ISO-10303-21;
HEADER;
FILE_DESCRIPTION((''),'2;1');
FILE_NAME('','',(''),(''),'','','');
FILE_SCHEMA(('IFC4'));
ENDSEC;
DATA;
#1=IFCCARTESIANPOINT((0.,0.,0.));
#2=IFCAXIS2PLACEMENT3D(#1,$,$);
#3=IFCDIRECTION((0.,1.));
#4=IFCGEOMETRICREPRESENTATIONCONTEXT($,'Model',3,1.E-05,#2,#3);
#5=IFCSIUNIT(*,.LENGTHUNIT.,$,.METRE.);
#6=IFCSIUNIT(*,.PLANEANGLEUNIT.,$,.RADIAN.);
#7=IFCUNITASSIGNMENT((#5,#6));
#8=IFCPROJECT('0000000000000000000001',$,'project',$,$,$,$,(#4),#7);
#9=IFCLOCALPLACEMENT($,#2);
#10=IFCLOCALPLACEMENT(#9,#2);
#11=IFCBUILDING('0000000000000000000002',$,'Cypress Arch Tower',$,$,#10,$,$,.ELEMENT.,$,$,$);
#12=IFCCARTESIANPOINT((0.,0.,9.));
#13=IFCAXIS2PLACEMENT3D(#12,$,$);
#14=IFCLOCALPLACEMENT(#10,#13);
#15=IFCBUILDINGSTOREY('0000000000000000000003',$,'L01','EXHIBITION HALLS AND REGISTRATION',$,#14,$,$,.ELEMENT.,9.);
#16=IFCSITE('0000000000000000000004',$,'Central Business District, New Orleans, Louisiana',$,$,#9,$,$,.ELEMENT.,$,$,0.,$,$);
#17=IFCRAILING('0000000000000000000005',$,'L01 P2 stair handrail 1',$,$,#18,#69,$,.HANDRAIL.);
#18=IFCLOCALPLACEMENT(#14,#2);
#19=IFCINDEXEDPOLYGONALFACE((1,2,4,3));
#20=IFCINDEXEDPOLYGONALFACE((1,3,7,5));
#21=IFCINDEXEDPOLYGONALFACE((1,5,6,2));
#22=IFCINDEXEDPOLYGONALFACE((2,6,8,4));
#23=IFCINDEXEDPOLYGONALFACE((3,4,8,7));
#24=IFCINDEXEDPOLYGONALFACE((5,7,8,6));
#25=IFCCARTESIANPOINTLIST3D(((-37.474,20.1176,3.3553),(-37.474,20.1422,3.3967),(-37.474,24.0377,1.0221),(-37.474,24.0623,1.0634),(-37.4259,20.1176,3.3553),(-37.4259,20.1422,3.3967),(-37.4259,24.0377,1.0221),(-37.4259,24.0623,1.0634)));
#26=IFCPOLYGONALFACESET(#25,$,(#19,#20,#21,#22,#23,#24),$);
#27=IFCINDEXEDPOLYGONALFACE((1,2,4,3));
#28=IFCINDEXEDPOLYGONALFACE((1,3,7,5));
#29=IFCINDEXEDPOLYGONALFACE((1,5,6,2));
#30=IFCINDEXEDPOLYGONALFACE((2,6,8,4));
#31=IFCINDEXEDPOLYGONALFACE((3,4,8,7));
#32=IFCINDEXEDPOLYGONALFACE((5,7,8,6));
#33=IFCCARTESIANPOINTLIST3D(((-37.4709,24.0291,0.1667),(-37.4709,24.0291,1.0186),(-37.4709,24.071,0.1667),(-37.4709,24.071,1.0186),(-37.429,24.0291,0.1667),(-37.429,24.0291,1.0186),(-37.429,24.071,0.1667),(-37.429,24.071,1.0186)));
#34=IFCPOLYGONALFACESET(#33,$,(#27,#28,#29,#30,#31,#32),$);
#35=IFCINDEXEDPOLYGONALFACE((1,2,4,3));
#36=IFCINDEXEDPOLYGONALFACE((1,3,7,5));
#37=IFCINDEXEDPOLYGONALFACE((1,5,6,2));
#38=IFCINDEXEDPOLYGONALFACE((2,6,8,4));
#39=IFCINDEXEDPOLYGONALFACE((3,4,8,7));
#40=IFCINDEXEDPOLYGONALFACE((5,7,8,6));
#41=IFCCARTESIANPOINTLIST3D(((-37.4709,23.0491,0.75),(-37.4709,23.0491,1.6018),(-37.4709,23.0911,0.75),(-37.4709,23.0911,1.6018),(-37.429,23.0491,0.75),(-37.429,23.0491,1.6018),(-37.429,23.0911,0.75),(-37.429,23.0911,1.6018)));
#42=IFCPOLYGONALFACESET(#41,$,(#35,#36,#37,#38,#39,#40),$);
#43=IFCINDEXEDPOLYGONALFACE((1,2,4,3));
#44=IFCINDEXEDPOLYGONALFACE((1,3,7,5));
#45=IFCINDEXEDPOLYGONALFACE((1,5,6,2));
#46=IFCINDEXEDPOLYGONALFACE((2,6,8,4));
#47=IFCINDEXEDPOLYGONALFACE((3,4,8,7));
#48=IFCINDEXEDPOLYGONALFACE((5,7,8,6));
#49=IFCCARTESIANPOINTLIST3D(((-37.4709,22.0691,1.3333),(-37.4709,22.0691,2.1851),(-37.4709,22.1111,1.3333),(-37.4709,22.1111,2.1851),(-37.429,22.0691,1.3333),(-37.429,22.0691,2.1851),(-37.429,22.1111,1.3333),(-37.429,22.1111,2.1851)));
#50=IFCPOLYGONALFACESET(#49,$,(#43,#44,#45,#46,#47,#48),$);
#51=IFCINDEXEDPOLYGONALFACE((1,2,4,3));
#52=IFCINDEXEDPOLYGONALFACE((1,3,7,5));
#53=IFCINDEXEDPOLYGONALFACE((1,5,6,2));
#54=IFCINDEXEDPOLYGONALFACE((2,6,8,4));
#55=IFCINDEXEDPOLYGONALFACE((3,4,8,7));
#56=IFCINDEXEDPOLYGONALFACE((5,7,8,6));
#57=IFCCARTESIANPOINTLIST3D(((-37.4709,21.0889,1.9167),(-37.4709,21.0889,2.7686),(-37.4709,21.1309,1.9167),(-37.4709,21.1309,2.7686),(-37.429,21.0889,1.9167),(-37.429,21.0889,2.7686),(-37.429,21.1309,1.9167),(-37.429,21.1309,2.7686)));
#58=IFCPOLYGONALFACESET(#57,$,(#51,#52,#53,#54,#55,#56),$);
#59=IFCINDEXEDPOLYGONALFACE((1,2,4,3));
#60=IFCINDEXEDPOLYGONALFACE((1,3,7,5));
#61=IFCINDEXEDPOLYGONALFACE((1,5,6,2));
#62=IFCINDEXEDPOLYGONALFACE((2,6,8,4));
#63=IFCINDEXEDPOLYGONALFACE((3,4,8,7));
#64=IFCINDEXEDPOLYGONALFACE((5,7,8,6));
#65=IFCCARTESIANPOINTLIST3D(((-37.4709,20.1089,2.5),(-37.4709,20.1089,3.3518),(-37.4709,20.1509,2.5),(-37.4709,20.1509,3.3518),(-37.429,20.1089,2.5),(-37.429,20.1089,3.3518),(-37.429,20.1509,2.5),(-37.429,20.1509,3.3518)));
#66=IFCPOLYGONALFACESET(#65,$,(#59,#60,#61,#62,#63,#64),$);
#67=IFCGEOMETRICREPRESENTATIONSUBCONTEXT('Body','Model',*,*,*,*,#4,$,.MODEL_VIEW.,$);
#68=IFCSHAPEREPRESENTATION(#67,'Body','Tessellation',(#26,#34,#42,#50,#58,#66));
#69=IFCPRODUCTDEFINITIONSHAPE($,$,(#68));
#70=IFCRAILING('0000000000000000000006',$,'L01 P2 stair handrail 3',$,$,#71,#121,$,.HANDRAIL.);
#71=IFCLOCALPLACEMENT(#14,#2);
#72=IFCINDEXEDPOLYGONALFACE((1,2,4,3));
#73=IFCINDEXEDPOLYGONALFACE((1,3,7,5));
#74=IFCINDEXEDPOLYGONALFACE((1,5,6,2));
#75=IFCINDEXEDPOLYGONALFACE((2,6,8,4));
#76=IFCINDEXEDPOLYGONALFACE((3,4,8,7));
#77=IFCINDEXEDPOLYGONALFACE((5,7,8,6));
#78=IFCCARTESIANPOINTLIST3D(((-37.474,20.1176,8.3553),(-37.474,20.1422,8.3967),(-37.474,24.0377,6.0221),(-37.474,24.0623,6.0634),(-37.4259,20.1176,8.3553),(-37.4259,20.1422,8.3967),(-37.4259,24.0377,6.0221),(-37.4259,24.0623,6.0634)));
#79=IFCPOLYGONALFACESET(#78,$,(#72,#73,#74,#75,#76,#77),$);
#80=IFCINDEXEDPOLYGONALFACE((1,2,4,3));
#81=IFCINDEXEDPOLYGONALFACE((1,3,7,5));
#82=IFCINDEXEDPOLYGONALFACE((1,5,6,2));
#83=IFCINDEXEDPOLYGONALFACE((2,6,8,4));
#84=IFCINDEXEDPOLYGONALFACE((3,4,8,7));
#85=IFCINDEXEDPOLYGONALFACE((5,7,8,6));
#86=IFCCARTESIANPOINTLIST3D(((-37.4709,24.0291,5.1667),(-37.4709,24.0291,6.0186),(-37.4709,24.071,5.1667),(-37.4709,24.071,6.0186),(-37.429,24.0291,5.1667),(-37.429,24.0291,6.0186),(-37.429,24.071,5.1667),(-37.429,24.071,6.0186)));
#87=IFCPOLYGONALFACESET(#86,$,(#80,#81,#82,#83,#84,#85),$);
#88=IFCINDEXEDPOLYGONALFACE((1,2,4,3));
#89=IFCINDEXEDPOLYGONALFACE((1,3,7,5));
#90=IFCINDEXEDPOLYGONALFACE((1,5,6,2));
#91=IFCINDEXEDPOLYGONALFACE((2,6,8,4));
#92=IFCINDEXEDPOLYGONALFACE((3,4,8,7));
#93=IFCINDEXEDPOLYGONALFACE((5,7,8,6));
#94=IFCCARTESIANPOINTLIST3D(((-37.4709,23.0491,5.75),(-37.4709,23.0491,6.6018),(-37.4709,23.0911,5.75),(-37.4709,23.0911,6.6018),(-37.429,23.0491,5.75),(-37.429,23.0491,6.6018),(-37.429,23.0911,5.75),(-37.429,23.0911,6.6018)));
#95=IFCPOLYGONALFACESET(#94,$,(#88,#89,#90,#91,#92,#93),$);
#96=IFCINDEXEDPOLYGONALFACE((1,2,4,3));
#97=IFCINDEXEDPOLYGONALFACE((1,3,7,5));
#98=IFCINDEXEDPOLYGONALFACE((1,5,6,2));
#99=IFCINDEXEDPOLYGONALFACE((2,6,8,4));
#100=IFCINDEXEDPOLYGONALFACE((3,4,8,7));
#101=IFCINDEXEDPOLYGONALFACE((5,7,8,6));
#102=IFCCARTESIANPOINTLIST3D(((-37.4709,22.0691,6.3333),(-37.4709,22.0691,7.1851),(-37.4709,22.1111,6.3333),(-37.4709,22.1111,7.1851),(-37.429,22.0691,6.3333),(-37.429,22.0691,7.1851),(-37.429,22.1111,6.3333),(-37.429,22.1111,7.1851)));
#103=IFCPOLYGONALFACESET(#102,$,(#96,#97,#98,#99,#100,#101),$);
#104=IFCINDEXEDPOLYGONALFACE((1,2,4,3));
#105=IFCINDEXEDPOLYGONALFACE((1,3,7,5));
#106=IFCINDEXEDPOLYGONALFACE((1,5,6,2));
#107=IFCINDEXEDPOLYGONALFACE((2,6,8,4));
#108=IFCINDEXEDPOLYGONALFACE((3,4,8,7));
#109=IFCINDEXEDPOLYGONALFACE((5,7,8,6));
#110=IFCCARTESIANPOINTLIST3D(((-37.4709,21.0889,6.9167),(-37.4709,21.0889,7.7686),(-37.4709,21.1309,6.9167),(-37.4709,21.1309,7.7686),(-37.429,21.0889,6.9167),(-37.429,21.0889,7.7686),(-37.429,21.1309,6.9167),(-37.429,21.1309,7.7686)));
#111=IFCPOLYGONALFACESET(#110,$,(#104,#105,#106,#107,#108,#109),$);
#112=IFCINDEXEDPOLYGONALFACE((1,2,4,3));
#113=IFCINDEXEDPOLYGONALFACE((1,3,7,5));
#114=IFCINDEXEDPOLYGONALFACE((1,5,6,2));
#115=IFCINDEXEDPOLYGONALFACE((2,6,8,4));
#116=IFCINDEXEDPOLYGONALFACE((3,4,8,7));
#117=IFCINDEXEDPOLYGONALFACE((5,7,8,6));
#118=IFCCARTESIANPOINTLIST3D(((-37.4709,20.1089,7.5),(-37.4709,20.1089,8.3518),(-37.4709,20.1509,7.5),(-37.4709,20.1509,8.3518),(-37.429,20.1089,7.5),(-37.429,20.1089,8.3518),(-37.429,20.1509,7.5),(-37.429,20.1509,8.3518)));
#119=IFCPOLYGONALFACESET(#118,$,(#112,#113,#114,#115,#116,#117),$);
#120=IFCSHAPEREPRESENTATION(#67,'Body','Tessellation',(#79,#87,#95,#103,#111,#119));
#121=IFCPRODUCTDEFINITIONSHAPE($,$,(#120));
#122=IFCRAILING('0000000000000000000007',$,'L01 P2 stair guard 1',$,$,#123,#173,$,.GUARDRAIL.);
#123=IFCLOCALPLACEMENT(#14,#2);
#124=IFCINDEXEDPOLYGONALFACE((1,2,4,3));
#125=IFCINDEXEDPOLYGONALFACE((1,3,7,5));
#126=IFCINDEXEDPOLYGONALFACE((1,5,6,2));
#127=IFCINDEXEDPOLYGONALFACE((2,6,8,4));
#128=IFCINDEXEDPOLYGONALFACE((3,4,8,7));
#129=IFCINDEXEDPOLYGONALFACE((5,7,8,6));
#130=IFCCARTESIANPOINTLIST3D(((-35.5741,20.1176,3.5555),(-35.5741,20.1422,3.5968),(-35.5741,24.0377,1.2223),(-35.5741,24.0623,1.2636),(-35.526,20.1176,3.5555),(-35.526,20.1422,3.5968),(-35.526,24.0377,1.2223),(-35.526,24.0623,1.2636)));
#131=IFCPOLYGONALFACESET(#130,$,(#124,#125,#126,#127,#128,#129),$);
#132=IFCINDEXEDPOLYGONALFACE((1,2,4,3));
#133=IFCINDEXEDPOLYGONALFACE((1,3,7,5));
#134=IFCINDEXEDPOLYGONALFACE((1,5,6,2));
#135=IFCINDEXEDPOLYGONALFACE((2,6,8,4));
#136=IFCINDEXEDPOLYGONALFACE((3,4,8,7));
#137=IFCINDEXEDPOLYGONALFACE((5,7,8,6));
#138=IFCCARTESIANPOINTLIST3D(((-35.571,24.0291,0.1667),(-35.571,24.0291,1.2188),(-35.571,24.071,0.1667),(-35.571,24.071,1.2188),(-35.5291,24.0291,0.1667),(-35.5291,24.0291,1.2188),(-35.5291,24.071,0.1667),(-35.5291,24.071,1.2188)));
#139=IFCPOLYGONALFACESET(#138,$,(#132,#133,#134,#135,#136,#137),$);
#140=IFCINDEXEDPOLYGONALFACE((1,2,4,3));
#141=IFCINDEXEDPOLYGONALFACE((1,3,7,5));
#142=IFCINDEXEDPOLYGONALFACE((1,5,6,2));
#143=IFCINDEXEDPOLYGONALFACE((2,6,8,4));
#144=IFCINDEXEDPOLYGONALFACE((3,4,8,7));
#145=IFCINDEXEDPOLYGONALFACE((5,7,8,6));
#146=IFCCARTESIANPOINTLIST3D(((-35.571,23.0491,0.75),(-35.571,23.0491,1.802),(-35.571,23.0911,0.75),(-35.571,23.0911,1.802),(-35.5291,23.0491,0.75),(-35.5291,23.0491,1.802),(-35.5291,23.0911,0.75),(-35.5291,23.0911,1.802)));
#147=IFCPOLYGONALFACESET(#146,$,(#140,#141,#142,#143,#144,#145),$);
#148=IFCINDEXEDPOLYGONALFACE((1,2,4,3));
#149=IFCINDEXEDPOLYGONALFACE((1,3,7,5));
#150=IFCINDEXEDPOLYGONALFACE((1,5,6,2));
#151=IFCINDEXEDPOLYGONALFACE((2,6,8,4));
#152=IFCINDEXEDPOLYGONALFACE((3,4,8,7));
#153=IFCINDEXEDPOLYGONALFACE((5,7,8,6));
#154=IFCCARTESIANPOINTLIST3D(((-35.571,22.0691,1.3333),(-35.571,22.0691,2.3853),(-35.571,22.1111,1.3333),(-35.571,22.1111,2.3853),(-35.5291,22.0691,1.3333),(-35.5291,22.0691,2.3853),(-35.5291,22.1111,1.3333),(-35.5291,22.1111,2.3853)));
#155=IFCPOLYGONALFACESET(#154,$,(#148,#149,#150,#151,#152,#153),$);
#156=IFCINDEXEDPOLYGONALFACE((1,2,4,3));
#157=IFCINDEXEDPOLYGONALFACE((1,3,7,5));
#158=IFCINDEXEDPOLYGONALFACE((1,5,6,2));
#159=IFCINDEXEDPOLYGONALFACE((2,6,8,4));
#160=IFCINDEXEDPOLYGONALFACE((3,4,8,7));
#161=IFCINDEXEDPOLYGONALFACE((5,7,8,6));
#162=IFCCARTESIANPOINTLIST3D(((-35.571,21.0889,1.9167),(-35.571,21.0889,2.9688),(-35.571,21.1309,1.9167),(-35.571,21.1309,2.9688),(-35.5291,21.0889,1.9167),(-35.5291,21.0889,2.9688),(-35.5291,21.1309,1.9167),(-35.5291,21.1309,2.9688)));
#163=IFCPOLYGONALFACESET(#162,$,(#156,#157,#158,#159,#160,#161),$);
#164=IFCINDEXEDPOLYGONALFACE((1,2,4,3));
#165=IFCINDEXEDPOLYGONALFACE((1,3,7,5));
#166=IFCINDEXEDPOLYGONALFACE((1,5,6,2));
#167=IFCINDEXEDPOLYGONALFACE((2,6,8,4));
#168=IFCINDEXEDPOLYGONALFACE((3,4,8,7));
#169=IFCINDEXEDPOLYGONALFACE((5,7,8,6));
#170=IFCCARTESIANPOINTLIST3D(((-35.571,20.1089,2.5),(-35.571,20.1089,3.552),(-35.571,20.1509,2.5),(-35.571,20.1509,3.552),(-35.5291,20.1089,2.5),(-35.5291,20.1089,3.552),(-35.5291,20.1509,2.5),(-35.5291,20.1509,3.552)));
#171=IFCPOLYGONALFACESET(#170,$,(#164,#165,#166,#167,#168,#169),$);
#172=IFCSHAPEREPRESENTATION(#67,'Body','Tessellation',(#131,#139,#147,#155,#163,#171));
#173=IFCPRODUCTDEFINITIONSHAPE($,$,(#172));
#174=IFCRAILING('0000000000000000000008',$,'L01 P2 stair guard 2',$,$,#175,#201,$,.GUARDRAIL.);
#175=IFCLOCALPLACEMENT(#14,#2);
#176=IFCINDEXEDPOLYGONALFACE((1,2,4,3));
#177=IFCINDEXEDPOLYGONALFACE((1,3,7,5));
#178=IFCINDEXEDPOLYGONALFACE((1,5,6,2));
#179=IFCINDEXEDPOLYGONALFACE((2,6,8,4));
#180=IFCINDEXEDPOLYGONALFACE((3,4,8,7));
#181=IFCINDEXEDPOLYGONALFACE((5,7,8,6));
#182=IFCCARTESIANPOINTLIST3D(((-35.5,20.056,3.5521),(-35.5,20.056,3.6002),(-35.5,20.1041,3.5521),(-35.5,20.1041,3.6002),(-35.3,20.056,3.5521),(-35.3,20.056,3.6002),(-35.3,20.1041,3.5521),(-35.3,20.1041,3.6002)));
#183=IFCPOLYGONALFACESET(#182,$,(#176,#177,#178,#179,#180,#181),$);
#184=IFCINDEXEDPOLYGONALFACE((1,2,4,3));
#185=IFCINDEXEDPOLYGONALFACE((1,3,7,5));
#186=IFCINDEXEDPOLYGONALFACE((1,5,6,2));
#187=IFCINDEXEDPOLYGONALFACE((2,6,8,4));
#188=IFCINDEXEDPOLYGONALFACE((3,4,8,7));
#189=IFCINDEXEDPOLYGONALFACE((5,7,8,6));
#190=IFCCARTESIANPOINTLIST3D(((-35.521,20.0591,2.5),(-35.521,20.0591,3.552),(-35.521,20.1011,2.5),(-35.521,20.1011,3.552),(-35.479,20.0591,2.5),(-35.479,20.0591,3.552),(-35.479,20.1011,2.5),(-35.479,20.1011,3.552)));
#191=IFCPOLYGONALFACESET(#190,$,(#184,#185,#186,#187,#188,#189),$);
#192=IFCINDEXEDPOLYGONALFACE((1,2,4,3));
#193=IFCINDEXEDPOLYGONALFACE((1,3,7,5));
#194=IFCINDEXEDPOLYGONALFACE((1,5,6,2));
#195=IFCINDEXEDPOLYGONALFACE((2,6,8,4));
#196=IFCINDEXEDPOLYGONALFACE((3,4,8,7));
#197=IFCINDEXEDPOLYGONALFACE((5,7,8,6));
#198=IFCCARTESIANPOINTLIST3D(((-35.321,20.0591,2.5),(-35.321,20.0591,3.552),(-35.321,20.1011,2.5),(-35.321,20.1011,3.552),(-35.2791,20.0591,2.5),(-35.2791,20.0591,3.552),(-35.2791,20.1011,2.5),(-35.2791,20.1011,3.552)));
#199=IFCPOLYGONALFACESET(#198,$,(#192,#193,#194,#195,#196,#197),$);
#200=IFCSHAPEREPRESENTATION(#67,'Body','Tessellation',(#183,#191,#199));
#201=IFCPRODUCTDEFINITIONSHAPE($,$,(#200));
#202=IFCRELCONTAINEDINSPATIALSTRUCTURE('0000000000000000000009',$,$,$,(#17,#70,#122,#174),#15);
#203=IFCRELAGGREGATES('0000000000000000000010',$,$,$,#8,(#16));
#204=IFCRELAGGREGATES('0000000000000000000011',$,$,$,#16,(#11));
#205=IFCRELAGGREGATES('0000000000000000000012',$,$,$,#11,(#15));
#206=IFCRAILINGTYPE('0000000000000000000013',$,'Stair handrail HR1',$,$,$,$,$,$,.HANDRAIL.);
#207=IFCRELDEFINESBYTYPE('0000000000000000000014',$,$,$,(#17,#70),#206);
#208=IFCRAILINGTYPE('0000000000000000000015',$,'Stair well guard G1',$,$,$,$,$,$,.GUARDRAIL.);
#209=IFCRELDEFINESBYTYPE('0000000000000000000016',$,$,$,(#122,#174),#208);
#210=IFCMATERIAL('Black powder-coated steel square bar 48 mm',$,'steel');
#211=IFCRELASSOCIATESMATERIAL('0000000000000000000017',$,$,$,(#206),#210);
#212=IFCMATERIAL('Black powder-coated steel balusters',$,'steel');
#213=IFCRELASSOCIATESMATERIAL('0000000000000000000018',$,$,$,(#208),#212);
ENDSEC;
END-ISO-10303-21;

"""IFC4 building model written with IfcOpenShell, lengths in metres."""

from ifc_helpers import new_model, si_unit, direction, frame, origin, origin_2d, place, context, subcontext, project, spatial, rectangle, extrude, material, type_object, element, save


model = new_model("IFC4")

# Units and contexts
model_context = context("Model", 3, precision=1e-05, world=origin(), true_north=direction((0.0, 1.0)))
body_context = subcontext(model_context, "Body", "Model", "MODEL_VIEW")
ifc_project = project(units=[si_unit("LENGTHUNIT", "METRE"), si_unit("PLANEANGLEUNIT", "RADIAN")], contexts=[model_context])

# Site, building, storey
site_placement = place(None, origin())
site = spatial("IfcSite", under=ifc_project, at=site_placement, Name="Central Business District, New Orleans, Louisiana", CompositionType="ELEMENT", RefElevation=0.0)
building_placement = place(site_placement, origin())
building = spatial("IfcBuilding", under=site, at=building_placement, Name="Cypress Arch Tower", CompositionType="ELEMENT")
storey_placement = place(building_placement, frame((0.0, 0.0, 9.0)))
storey = spatial("IfcBuildingStorey", under=building, at=storey_placement, Name="L01", Description="EXHIBITION HALLS AND REGISTRATION", CompositionType="ELEMENT", Elevation=9.0)

# Railings
ifc_material_1 = material(Name="Black powder-coated steel square bar 48 mm", Category="steel")
railing_type_1 = type_object("IfcRailingType", Name="Stair handrail HR1", PredefinedType="HANDRAIL", material=ifc_material_1)
for number, where, name in (
    (1, (-37.45, 24.05, 0.1667), "L01 P2 stair handrail 1"),
    (2, (-37.45, 24.05, 5.1667), "L01 P2 stair handrail 3"),
):
    element("IfcRailing", number, at=place(storey_placement, frame(where)), inside=storey, type_object=railing_type_1, Name=name, PredefinedType="HANDRAIL", context=body_context, shape_type="SweptSolid", body=[
        extrude(rectangle(XDim=0.0481, YDim=0.0481, at=origin_2d()), frame((0.0, 0.0, 0.876), z_axis=(0.0, -0.85931, 0.511455), x_axis=(1.0, 0.0, 0.0)), (0.0, 0.0, 1.0), 4.562),
        extrude(rectangle(XDim=0.042, YDim=0.042, at=origin_2d()), origin(), (0.0, 0.0, 1.0), 0.8518),
        extrude(rectangle(XDim=0.042, YDim=0.042, at=origin_2d()), frame((0.0, -0.98, 0.5833)), (0.0, 0.0, 1.0), 0.8518),
        extrude(rectangle(XDim=0.042, YDim=0.042, at=origin_2d()), frame((0.0, -1.96, 1.1665)), (0.0, 0.0, 1.0), 0.8518),
        extrude(rectangle(XDim=0.042, YDim=0.042, at=origin_2d()), frame((0.0, -2.9402, 1.75)), (0.0, 0.0, 1.0), 0.8518),
        extrude(rectangle(XDim=0.042, YDim=0.042, at=origin_2d()), frame((0.0, -3.9202, 2.3333)), (0.0, 0.0, 1.0), 0.8518),
    ])
ifc_material_2 = material(Name="Black powder-coated steel balusters", Category="steel")
railing_type_2 = type_object("IfcRailingType", Name="Stair well guard G1", PredefinedType="GUARDRAIL", material=ifc_material_2)
railing_1_placement = place(storey_placement, frame((-35.55, 24.05, 0.1667)))
element("IfcRailing", 3, at=railing_1_placement, inside=storey, type_object=railing_type_2, Name="L01 P2 stair guard 1", PredefinedType="GUARDRAIL", context=body_context, shape_type="SweptSolid", body=[
    extrude(rectangle(XDim=0.0481, YDim=0.0481, at=origin_2d()), frame((0.0, 0.0, 1.0762), z_axis=(0.0, -0.85931, 0.511455), x_axis=(1.0, 0.0, 0.0)), (0.0, 0.0, 1.0), 4.562),
    extrude(rectangle(XDim=0.042, YDim=0.042, at=origin_2d()), origin(), (0.0, 0.0, 1.0), 1.052),
    extrude(rectangle(XDim=0.042, YDim=0.042, at=origin_2d()), frame((0.0, -0.98, 0.5833)), (0.0, 0.0, 1.0), 1.052),
    extrude(rectangle(XDim=0.042, YDim=0.042, at=origin_2d()), frame((0.0, -1.96, 1.1665)), (0.0, 0.0, 1.0), 1.052),
    extrude(rectangle(XDim=0.042, YDim=0.042, at=origin_2d()), frame((0.0, -2.9402, 1.75)), (0.0, 0.0, 1.0), 1.052),
    extrude(rectangle(XDim=0.042, YDim=0.042, at=origin_2d()), frame((0.0, -3.9202, 2.3333)), (0.0, 0.0, 1.0), 1.052),
])
railing_2_placement = place(storey_placement, frame((-35.5, 20.0801, 2.5)))
element("IfcRailing", 4, at=railing_2_placement, inside=storey, type_object=railing_type_2, Name="L01 P2 stair guard 2", PredefinedType="GUARDRAIL", context=body_context, shape_type="SweptSolid", body=[
    extrude(rectangle(XDim=0.0481, YDim=0.0481, at=origin_2d()), frame((0.0, 0.0, 1.0762), z_axis=(1.0, 0.0, 0.0), x_axis=(0.0, 1.0, 0.0)), (0.0, 0.0, 1.0), 0.2),
    extrude(rectangle(XDim=0.042, YDim=0.042, at=origin_2d()), origin(), (0.0, 0.0, 1.0), 1.052),
    extrude(rectangle(XDim=0.042, YDim=0.042, at=origin_2d()), frame((0.2, 0.0, 0.0)), (0.0, 0.0, 1.0), 1.052),
])

save(model, "model.ifc")
